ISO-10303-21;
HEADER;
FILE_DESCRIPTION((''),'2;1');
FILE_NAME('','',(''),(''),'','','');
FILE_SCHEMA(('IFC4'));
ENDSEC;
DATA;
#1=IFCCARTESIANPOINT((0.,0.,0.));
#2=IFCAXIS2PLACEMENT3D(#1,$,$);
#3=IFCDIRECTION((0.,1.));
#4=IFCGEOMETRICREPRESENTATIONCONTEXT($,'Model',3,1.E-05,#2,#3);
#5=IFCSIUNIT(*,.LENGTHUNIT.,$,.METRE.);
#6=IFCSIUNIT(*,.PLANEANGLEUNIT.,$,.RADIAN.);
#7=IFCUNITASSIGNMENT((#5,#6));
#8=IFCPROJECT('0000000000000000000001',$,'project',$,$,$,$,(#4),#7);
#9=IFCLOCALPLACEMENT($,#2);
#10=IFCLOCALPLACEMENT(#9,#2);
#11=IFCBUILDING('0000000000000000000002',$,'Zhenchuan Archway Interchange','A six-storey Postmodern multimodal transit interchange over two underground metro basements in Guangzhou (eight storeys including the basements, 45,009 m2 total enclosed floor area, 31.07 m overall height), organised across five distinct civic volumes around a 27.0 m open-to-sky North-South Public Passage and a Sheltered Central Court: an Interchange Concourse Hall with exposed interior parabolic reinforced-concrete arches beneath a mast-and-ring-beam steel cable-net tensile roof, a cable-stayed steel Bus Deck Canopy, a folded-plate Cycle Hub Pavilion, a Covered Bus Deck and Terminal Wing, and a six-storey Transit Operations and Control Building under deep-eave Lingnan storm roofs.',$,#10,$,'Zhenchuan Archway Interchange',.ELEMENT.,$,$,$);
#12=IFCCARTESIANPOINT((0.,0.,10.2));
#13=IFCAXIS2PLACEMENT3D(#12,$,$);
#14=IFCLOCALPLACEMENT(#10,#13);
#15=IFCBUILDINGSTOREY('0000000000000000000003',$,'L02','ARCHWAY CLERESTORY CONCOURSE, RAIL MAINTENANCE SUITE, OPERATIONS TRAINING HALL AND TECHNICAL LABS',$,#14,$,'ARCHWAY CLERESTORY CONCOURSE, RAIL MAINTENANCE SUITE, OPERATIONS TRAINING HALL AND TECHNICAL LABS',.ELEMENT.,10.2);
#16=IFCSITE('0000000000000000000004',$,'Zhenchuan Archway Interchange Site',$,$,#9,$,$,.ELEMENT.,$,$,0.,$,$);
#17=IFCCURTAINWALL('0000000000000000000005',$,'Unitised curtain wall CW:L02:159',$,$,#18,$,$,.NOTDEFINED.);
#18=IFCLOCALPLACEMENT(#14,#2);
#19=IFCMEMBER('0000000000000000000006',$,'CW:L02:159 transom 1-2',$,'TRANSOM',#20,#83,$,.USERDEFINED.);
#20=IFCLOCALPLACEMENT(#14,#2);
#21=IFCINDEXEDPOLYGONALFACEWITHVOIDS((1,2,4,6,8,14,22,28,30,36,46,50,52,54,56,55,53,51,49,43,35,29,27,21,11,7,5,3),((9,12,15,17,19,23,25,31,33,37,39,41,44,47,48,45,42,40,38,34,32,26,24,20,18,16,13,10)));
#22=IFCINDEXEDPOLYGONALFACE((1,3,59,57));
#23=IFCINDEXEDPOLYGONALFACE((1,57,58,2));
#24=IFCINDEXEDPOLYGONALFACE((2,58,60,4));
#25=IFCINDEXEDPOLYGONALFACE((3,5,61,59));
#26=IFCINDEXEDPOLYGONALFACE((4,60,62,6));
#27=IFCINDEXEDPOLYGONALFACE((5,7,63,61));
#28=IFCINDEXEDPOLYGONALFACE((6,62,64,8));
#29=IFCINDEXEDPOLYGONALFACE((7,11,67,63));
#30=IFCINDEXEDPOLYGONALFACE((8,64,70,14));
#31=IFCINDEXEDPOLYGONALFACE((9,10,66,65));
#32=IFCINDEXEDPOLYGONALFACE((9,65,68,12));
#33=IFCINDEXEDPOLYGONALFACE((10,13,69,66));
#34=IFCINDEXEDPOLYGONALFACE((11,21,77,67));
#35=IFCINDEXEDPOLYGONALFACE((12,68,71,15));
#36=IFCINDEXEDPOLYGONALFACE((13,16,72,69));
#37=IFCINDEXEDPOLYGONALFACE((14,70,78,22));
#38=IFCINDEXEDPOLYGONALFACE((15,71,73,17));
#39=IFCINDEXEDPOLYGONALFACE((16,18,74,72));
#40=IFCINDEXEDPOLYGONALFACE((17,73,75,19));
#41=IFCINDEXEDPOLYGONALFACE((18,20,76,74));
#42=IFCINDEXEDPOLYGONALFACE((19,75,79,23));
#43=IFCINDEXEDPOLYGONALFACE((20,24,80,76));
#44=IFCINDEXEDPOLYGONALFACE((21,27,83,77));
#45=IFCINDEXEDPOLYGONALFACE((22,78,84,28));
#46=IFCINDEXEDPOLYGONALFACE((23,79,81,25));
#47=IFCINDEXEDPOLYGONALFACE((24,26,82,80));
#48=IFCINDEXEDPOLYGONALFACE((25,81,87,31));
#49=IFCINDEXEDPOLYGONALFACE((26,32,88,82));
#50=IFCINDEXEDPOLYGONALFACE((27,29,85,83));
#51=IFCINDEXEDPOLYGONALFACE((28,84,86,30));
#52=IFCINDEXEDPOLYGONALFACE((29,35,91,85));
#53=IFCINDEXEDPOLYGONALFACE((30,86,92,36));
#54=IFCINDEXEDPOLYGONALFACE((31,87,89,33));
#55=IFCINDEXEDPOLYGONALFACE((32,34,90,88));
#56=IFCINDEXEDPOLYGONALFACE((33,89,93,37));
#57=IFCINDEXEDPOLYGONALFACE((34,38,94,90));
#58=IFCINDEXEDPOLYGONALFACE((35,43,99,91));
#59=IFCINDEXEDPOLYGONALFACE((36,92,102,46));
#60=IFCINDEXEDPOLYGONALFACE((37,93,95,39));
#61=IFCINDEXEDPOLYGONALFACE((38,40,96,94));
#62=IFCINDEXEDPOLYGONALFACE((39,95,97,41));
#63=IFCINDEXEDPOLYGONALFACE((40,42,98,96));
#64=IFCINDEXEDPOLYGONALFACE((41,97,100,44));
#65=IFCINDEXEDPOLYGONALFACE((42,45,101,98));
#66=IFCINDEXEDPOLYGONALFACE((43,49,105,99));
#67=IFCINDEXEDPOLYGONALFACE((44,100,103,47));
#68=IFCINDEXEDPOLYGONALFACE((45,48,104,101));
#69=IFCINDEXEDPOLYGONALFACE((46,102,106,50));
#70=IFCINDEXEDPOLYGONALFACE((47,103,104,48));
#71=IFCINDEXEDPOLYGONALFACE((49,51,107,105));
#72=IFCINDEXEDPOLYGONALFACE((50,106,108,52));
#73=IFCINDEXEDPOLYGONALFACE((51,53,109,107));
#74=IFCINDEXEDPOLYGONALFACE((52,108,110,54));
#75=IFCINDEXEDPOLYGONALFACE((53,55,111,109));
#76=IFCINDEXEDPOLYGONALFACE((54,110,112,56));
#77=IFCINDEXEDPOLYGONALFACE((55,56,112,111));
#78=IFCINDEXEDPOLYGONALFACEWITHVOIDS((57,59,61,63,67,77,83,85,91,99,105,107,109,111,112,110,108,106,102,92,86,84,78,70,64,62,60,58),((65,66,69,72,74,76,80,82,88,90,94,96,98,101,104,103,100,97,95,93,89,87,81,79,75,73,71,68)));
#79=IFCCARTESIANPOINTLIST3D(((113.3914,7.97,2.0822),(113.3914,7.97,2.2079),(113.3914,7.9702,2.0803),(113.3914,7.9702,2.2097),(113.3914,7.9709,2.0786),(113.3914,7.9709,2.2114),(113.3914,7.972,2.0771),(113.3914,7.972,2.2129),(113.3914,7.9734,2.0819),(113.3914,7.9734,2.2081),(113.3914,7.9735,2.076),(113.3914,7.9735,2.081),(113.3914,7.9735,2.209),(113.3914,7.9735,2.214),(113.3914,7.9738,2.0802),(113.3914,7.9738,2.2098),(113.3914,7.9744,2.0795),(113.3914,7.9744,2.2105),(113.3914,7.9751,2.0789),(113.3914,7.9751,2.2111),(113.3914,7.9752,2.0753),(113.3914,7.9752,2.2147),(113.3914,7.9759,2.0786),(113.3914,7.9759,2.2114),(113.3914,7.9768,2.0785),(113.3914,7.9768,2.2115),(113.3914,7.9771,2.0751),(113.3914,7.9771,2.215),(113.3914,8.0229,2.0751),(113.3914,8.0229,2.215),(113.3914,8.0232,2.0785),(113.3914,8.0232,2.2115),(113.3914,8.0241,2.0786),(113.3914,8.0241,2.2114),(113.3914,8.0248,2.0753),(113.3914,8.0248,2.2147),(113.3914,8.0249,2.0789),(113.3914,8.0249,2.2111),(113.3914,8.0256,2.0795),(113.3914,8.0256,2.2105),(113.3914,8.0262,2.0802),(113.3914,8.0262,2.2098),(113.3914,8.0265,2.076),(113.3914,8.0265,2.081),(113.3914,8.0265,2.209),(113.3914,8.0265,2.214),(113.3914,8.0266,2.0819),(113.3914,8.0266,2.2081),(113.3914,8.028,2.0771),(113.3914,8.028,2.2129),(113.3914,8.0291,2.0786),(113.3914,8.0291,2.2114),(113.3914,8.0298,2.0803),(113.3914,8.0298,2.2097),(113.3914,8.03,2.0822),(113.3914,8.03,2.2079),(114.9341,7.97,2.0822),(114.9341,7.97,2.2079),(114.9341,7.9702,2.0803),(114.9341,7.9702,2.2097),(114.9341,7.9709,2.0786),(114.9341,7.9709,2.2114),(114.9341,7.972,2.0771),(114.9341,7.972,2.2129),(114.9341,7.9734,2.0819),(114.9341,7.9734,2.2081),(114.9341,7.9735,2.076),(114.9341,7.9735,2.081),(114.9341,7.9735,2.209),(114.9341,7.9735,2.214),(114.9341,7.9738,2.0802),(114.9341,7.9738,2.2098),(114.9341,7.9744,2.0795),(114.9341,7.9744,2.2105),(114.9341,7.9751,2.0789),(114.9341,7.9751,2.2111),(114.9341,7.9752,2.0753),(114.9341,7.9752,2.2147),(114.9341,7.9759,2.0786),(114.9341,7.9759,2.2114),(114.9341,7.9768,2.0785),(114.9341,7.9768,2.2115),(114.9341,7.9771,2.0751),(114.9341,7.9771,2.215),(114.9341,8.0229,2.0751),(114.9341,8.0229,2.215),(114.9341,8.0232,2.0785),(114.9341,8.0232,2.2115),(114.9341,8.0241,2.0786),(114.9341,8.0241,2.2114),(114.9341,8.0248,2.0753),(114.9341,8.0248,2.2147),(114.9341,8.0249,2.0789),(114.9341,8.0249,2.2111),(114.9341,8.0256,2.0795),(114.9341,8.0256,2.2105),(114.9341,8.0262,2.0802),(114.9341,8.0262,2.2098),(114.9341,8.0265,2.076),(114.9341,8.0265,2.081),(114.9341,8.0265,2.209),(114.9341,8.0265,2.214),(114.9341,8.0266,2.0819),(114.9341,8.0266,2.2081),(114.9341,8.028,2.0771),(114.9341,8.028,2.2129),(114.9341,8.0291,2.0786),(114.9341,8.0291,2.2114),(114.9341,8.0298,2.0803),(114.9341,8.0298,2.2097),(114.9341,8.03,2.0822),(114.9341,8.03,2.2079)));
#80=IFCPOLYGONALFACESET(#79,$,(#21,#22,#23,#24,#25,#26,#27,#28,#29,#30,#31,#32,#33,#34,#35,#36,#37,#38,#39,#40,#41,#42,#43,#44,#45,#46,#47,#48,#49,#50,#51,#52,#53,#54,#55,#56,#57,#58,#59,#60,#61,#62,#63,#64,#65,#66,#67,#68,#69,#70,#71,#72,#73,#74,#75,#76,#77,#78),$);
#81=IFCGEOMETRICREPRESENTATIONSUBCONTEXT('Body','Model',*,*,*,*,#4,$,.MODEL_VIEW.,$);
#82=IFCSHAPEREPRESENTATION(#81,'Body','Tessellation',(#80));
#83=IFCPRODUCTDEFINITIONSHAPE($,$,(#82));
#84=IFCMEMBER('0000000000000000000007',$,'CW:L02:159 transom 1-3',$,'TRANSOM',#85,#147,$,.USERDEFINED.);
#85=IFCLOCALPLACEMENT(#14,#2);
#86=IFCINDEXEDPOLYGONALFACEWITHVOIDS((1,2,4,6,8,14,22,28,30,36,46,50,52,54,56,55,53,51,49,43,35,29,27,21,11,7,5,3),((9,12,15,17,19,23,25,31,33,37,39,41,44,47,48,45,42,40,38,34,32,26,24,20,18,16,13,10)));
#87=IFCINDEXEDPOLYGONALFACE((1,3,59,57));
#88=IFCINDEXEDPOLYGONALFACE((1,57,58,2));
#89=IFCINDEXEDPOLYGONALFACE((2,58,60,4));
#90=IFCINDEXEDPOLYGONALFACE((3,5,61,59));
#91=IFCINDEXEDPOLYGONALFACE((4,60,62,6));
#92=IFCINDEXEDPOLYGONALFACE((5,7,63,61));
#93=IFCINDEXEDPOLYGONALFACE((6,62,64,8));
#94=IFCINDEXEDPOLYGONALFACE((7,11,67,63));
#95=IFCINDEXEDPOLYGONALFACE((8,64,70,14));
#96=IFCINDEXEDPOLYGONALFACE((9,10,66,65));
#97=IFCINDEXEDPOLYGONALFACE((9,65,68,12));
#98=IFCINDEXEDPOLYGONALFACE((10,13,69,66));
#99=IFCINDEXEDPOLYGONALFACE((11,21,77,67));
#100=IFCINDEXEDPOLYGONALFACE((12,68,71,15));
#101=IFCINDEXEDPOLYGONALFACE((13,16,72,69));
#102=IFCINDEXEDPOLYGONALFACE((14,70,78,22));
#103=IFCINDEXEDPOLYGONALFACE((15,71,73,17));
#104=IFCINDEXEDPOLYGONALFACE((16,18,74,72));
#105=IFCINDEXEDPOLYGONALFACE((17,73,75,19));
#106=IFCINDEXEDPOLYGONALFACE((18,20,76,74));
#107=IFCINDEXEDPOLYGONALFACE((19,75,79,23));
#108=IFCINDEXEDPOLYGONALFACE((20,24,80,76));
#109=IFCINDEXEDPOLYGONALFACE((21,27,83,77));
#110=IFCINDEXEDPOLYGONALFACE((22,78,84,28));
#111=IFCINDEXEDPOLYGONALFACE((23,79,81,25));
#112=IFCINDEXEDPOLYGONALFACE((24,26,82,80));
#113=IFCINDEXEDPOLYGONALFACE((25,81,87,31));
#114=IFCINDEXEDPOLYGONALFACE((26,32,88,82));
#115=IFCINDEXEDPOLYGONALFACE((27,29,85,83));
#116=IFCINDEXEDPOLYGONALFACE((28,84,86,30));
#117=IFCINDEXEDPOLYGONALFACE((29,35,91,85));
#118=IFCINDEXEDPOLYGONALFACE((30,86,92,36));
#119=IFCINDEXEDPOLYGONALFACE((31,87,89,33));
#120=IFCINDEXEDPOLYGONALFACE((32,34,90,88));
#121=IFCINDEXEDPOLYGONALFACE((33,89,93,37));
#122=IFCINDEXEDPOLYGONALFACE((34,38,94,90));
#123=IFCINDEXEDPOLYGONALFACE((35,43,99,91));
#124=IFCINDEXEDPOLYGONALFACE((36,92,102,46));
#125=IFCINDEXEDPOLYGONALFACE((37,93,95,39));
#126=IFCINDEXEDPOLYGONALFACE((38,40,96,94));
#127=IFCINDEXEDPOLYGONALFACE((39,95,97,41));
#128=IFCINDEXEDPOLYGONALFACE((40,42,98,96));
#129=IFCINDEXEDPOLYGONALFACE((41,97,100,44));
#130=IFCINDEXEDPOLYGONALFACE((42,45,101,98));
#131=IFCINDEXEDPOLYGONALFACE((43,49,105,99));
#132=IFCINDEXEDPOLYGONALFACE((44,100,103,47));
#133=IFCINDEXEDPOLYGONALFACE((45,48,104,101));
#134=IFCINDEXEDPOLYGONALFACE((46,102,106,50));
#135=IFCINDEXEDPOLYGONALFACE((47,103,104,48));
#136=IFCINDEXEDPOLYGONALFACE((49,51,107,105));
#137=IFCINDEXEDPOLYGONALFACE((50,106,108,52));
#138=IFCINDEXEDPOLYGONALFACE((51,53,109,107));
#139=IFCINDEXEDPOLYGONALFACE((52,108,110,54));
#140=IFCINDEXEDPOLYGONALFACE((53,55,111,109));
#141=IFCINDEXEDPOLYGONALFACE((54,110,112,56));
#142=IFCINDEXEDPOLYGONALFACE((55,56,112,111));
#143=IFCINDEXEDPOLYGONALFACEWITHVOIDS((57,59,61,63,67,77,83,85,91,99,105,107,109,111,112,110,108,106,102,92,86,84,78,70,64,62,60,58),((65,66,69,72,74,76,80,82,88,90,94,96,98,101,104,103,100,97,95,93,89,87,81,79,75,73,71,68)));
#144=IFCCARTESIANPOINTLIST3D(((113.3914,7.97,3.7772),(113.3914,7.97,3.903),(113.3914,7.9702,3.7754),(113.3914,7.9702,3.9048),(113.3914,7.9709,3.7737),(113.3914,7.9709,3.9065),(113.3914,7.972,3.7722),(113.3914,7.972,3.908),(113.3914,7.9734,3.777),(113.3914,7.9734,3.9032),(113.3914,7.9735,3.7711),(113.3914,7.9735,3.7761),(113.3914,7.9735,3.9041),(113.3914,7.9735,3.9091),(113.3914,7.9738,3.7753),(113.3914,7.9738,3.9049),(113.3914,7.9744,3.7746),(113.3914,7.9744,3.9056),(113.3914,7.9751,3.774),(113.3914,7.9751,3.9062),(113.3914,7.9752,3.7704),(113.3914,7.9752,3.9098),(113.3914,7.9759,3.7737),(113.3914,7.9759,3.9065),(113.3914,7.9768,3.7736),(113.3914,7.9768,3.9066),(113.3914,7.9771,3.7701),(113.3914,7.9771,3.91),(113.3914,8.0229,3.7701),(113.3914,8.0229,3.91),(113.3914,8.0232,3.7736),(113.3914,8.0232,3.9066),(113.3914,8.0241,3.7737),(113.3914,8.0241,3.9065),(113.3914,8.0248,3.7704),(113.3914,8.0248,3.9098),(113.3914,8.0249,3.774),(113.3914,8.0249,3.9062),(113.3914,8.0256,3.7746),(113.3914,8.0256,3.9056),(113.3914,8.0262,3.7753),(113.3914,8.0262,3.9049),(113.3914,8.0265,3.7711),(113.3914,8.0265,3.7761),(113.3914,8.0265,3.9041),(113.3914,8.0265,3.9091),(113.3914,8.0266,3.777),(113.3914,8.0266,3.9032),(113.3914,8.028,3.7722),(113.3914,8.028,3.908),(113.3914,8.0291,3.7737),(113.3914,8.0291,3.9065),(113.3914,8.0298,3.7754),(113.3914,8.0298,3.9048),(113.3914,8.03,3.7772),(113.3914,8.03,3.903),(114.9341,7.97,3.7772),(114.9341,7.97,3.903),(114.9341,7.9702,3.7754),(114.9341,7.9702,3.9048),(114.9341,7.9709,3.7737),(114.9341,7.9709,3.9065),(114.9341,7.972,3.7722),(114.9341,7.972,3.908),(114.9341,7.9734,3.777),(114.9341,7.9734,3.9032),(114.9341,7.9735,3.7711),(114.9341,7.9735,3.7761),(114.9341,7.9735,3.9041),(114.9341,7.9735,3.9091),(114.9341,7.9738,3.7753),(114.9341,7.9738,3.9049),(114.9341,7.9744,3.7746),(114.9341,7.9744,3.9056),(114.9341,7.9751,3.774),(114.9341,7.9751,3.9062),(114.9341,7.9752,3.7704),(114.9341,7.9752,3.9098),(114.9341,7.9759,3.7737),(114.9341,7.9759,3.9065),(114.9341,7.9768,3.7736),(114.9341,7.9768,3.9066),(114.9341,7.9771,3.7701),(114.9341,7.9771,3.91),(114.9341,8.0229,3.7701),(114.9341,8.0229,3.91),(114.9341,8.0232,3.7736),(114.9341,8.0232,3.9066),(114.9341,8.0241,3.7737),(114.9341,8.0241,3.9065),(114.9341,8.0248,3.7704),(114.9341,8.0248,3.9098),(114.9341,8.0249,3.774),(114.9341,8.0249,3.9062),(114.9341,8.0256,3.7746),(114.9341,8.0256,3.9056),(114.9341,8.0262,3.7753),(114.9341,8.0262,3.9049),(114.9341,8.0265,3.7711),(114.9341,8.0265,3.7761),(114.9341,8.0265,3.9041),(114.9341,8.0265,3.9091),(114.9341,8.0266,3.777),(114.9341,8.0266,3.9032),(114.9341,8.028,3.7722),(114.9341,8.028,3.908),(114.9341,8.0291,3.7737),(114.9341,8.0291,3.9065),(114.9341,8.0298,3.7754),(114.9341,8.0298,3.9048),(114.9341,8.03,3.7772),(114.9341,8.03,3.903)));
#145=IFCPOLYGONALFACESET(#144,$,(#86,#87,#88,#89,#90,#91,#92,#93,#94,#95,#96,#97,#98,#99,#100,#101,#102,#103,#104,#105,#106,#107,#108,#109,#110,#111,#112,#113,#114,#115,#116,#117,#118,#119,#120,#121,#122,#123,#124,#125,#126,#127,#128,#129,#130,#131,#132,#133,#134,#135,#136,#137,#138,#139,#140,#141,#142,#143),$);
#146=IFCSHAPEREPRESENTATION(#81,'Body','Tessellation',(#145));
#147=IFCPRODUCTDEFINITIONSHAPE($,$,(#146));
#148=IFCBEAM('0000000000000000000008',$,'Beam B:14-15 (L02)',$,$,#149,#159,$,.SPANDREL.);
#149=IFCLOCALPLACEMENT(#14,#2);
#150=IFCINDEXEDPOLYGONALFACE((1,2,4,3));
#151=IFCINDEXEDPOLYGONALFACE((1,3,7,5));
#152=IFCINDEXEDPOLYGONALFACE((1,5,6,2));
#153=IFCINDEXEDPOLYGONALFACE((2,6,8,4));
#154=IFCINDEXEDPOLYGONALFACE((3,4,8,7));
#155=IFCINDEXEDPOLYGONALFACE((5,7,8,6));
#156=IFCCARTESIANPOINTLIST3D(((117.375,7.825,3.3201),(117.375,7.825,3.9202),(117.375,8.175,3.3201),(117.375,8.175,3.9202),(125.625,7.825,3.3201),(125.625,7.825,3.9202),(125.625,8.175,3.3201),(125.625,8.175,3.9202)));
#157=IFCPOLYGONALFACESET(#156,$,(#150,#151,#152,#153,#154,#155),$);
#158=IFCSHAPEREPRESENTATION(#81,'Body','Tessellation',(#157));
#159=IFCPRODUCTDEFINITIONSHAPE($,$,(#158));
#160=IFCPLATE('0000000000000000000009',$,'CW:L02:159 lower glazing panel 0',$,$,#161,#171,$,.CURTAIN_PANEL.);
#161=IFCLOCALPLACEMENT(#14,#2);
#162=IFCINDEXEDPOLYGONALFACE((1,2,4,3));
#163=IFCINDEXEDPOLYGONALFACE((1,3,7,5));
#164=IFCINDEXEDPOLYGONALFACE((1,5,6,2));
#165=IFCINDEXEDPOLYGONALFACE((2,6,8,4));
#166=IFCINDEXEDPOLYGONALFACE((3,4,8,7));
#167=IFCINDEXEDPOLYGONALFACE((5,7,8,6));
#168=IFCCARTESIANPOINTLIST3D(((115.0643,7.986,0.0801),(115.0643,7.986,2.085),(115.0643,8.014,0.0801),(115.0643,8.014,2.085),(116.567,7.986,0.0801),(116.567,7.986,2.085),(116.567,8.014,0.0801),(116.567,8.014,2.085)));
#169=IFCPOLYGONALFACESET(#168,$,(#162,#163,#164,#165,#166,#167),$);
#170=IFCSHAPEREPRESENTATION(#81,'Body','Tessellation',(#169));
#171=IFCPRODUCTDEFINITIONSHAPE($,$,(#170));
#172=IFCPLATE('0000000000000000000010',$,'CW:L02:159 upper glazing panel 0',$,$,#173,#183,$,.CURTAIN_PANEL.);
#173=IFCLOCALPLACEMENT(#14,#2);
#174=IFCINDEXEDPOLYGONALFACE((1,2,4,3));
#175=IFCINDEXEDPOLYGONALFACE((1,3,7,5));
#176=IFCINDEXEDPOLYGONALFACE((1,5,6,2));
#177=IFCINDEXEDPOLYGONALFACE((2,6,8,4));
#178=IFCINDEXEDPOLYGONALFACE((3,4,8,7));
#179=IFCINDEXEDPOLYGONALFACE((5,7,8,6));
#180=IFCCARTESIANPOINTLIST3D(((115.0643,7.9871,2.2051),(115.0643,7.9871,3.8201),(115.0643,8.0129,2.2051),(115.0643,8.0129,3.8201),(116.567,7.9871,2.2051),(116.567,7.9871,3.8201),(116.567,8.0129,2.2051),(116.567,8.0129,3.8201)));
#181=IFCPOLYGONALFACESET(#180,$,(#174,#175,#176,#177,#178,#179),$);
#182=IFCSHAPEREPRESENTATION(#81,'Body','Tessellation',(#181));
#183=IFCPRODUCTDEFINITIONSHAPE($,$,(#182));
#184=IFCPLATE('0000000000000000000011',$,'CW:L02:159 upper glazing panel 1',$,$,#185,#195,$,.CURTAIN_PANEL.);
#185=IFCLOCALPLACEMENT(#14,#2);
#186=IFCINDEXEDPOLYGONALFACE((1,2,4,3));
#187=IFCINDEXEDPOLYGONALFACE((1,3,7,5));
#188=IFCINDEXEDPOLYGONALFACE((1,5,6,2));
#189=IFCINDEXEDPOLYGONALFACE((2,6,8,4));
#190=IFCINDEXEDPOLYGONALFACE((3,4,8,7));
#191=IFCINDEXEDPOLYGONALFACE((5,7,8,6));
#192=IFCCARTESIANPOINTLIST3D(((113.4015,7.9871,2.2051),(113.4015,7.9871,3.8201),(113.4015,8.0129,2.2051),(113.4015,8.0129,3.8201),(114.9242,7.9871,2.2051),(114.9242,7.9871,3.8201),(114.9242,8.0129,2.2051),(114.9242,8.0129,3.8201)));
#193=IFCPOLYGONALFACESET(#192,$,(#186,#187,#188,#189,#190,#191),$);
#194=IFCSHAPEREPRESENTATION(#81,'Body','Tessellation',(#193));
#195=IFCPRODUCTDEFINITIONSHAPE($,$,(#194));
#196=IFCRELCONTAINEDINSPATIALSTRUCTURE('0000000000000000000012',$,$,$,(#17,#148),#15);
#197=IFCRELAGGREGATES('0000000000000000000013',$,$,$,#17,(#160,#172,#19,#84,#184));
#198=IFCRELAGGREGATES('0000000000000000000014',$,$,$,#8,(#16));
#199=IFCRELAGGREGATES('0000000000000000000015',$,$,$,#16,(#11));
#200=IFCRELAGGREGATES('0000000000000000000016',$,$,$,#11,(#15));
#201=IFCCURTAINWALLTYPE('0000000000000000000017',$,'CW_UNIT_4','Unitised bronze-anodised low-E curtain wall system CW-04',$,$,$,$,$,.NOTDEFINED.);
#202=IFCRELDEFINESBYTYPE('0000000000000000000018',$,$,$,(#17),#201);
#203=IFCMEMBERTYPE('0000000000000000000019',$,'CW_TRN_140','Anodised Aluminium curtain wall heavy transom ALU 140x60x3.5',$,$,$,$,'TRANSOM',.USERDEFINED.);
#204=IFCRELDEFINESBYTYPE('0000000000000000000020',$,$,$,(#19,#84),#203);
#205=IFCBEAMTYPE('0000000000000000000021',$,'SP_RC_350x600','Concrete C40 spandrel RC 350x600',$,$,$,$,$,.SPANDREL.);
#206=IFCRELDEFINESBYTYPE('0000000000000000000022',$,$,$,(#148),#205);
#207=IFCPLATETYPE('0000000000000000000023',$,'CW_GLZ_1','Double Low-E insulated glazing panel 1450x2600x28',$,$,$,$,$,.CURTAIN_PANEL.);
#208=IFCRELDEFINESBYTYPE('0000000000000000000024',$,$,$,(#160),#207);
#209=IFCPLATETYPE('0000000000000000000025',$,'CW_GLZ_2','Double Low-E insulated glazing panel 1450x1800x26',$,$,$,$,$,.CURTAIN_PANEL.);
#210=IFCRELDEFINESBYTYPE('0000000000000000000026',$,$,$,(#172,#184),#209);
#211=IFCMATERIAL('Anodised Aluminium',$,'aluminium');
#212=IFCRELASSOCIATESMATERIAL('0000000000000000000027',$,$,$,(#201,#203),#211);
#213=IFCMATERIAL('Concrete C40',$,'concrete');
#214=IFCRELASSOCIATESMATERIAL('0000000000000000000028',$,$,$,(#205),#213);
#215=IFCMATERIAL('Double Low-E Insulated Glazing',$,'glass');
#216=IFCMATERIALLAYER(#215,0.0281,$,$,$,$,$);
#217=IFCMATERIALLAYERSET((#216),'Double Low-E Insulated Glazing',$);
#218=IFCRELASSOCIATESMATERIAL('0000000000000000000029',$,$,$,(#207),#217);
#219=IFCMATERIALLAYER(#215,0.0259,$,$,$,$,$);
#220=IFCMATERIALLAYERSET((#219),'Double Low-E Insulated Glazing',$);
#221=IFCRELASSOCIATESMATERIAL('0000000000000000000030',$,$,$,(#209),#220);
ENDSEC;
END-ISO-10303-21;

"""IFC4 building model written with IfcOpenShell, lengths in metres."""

from ifc_helpers import new_model, si_unit, direction, frame, origin, origin_2d, place, context, subcontext, project, spatial, rectangle, hollow_rectangle, extrude, material, layer, layer_set, material_profile, profile_set, type_object, element, aggregate, save


model = new_model("IFC4")

# Units and contexts
model_context = context("Model", 3, precision=1e-05, world=origin(), true_north=direction((0.0, 1.0)))
body_context = subcontext(model_context, "Body", "Model", "MODEL_VIEW")
ifc_project = project(units=[si_unit("LENGTHUNIT", "METRE"), si_unit("PLANEANGLEUNIT", "RADIAN")], contexts=[model_context])

# Site, building, storey
site_placement = place(None, origin())
site = spatial("IfcSite", under=ifc_project, at=site_placement, Name="Zhenchuan Archway Interchange Site", CompositionType="ELEMENT", RefElevation=0.0)
building_placement = place(site_placement, origin())
building = spatial("IfcBuilding", under=site, at=building_placement, Name="Zhenchuan Archway Interchange", Description="A six-storey Postmodern multimodal transit interchange over two underground metro basements in Guangzhou (eight storeys including the basements, 45,009 m2 total enclosed floor area, 31.07 m overall height), organised across five distinct civic volumes around a 27.0 m open-to-sky North-South Public Passage and a Sheltered Central Court: an Interchange Concourse Hall with exposed interior parabolic reinforced-concrete arches beneath a mast-and-ring-beam steel cable-net tensile roof, a cable-stayed steel Bus Deck Canopy, a folded-plate Cycle Hub Pavilion, a Covered Bus Deck and Terminal Wing, and a six-storey Transit Operations and Control Building under deep-eave Lingnan storm roofs.", LongName="Zhenchuan Archway Interchange", CompositionType="ELEMENT")
storey_placement = place(building_placement, frame((0.0, 0.0, 10.2)))
storey = spatial("IfcBuildingStorey", under=building, at=storey_placement, Name="L02", Description="ARCHWAY CLERESTORY CONCOURSE, RAIL MAINTENANCE SUITE, OPERATIONS TRAINING HALL AND TECHNICAL LABS", LongName="ARCHWAY CLERESTORY CONCOURSE, RAIL MAINTENANCE SUITE, OPERATIONS TRAINING HALL AND TECHNICAL LABS", CompositionType="ELEMENT", Elevation=10.2)

# Shared definitions
ifc_material_1 = material(Name="Concrete C40", Category="concrete")

# Curtain wall, members
ifc_material_2 = material(Name="Anodised Aluminium", Category="aluminium")
curtain_wall_type = type_object("IfcCurtainWallType", Name="CW_UNIT_4", Description="Unitised bronze-anodised low-E curtain wall system CW-04", PredefinedType="NOTDEFINED", material=ifc_material_2)
curtain_wall_placement = place(storey_placement, origin())
curtain_wall = element("IfcCurtainWall", 1, at=curtain_wall_placement, inside=storey, type_object=curtain_wall_type, Name="Unitised curtain wall CW:L02:159", PredefinedType="NOTDEFINED")
ifc_material_profile_1 = material_profile(ifc_material_2, hollow_rectangle(XDim=0.0601, YDim=0.1399, WallThickness=0.0034, InnerFilletRadius=0.0034, OuterFilletRadius=0.0071, at=origin_2d()), Name="ALU 140x60x3.5")
ifc_profile_set_1 = profile_set([ifc_material_profile_1], Name="Anodised Aluminium")
member_type_1 = type_object("IfcMemberType", Name="CW_TRN_140", Description="Anodised Aluminium curtain wall heavy transom ALU 140x60x3.5", ElementType="TRANSOM", PredefinedType="USERDEFINED", material=ifc_profile_set_1)
member_1_placement = place(storey_placement, frame((114.9341, 8.0, 2.145), z_axis=(-1.0, 0.0, 0.0), x_axis=(0.0, -1.0, 0.0)))
member_1 = element("IfcMember", 2, at=member_1_placement, type_object=member_type_1, Name="CW:L02:159 transom 1-2", ObjectType="TRANSOM", PredefinedType="USERDEFINED", context=body_context, shape_type="SweptSolid", body=[
    extrude(hollow_rectangle(XDim=0.0601, YDim=0.1399, WallThickness=0.0034, InnerFilletRadius=0.0034, OuterFilletRadius=0.0071, at=origin_2d()), origin(), (0.0, 0.0, 1.0), 1.5427),
])
member_2_placement = place(storey_placement, frame((114.9341, 8.0, 3.8401), z_axis=(-1.0, 0.0, 0.0), x_axis=(0.0, -1.0, 0.0)))
member_2 = element("IfcMember", 3, at=member_2_placement, type_object=member_type_1, Name="CW:L02:159 transom 1-3", ObjectType="TRANSOM", PredefinedType="USERDEFINED", context=body_context, shape_type="SweptSolid", body=[
    extrude(hollow_rectangle(XDim=0.0601, YDim=0.1399, WallThickness=0.0034, InnerFilletRadius=0.0034, OuterFilletRadius=0.0071, at=origin_2d()), origin(), (0.0, 0.0, 1.0), 1.5427),
])

# Beam
ifc_material_profile_2 = material_profile(ifc_material_1, rectangle(XDim=0.3501, YDim=0.6001, at=origin_2d()), Name="RC 350x600")
ifc_profile_set_2 = profile_set([ifc_material_profile_2], Name="Concrete C40")
beam_type_1 = type_object("IfcBeamType", Name="SP_RC_350x600", Description="Concrete C40 spandrel RC 350x600", PredefinedType="SPANDREL", material=ifc_profile_set_2)
beam_1_placement = place(storey_placement, frame((117.375, 8.0, 3.6201), z_axis=(1.0, 0.0, 0.0), x_axis=(0.0, 1.0, 0.0)))
element("IfcBeam", 4, at=beam_1_placement, inside=storey, type_object=beam_type_1, Name="Beam B:14-15 (L02)", PredefinedType="SPANDREL", context=body_context, shape_type="SweptSolid", body=[
    extrude(rectangle(XDim=0.3501, YDim=0.6001, at=origin_2d()), origin(), (0.0, 0.0, 1.0), 8.25),
])

# Plates
ifc_material_3 = material(Name="Double Low-E Insulated Glazing", Category="glass")
ifc_layer_1 = layer(ifc_material_3, 0.0281)
ifc_layer_set_1 = layer_set([ifc_layer_1], Name="Double Low-E Insulated Glazing")
plate_type_1 = type_object("IfcPlateType", Name="CW_GLZ_1", Description="Double Low-E insulated glazing panel 1450x2600x28", PredefinedType="CURTAIN_PANEL", material=ifc_layer_set_1)
plate_1_placement = place(storey_placement, frame((115.8157, 8.0, 0.0801), z_axis=(0.0, 0.0, 1.0), x_axis=(-1.0, 0.0, 0.0)))
plate_1 = element("IfcPlate", 5, at=plate_1_placement, type_object=plate_type_1, Name="CW:L02:159 lower glazing panel 0", PredefinedType="CURTAIN_PANEL", context=body_context, shape_type="SweptSolid", body=[
    extrude(rectangle(XDim=1.5027, YDim=0.0281, at=origin_2d()), origin(), (0.0, 0.0, 1.0), 2.0049),
])
ifc_layer_2 = layer(ifc_material_3, 0.0259)
ifc_layer_set_2 = layer_set([ifc_layer_2], Name="Double Low-E Insulated Glazing")
plate_type_2 = type_object("IfcPlateType", Name="CW_GLZ_2", Description="Double Low-E insulated glazing panel 1450x1800x26", PredefinedType="CURTAIN_PANEL", material=ifc_layer_set_2)
plate_2_placement = place(storey_placement, frame((115.8157, 8.0, 2.2051), z_axis=(0.0, 0.0, 1.0), x_axis=(-1.0, 0.0, 0.0)))
plate_2 = element("IfcPlate", 6, at=plate_2_placement, type_object=plate_type_2, Name="CW:L02:159 upper glazing panel 0", PredefinedType="CURTAIN_PANEL", context=body_context, shape_type="SweptSolid", body=[
    extrude(rectangle(XDim=1.5027, YDim=0.0259, at=origin_2d()), origin(), (0.0, 0.0, 1.0), 1.615),
])
plate_3_placement = place(storey_placement, frame((114.1628, 8.0, 2.2051), z_axis=(0.0, 0.0, 1.0), x_axis=(-1.0, 0.0, 0.0)))
plate_3 = element("IfcPlate", 7, at=plate_3_placement, type_object=plate_type_2, Name="CW:L02:159 upper glazing panel 1", PredefinedType="CURTAIN_PANEL", context=body_context, shape_type="SweptSolid", body=[
    extrude(rectangle(XDim=1.5227, YDim=0.0259, at=origin_2d()), origin(), (0.0, 0.0, 1.0), 1.615),
])
aggregate(curtain_wall, [plate_1, plate_2, member_1, member_2, plate_3])

save(model, "model.ifc")
